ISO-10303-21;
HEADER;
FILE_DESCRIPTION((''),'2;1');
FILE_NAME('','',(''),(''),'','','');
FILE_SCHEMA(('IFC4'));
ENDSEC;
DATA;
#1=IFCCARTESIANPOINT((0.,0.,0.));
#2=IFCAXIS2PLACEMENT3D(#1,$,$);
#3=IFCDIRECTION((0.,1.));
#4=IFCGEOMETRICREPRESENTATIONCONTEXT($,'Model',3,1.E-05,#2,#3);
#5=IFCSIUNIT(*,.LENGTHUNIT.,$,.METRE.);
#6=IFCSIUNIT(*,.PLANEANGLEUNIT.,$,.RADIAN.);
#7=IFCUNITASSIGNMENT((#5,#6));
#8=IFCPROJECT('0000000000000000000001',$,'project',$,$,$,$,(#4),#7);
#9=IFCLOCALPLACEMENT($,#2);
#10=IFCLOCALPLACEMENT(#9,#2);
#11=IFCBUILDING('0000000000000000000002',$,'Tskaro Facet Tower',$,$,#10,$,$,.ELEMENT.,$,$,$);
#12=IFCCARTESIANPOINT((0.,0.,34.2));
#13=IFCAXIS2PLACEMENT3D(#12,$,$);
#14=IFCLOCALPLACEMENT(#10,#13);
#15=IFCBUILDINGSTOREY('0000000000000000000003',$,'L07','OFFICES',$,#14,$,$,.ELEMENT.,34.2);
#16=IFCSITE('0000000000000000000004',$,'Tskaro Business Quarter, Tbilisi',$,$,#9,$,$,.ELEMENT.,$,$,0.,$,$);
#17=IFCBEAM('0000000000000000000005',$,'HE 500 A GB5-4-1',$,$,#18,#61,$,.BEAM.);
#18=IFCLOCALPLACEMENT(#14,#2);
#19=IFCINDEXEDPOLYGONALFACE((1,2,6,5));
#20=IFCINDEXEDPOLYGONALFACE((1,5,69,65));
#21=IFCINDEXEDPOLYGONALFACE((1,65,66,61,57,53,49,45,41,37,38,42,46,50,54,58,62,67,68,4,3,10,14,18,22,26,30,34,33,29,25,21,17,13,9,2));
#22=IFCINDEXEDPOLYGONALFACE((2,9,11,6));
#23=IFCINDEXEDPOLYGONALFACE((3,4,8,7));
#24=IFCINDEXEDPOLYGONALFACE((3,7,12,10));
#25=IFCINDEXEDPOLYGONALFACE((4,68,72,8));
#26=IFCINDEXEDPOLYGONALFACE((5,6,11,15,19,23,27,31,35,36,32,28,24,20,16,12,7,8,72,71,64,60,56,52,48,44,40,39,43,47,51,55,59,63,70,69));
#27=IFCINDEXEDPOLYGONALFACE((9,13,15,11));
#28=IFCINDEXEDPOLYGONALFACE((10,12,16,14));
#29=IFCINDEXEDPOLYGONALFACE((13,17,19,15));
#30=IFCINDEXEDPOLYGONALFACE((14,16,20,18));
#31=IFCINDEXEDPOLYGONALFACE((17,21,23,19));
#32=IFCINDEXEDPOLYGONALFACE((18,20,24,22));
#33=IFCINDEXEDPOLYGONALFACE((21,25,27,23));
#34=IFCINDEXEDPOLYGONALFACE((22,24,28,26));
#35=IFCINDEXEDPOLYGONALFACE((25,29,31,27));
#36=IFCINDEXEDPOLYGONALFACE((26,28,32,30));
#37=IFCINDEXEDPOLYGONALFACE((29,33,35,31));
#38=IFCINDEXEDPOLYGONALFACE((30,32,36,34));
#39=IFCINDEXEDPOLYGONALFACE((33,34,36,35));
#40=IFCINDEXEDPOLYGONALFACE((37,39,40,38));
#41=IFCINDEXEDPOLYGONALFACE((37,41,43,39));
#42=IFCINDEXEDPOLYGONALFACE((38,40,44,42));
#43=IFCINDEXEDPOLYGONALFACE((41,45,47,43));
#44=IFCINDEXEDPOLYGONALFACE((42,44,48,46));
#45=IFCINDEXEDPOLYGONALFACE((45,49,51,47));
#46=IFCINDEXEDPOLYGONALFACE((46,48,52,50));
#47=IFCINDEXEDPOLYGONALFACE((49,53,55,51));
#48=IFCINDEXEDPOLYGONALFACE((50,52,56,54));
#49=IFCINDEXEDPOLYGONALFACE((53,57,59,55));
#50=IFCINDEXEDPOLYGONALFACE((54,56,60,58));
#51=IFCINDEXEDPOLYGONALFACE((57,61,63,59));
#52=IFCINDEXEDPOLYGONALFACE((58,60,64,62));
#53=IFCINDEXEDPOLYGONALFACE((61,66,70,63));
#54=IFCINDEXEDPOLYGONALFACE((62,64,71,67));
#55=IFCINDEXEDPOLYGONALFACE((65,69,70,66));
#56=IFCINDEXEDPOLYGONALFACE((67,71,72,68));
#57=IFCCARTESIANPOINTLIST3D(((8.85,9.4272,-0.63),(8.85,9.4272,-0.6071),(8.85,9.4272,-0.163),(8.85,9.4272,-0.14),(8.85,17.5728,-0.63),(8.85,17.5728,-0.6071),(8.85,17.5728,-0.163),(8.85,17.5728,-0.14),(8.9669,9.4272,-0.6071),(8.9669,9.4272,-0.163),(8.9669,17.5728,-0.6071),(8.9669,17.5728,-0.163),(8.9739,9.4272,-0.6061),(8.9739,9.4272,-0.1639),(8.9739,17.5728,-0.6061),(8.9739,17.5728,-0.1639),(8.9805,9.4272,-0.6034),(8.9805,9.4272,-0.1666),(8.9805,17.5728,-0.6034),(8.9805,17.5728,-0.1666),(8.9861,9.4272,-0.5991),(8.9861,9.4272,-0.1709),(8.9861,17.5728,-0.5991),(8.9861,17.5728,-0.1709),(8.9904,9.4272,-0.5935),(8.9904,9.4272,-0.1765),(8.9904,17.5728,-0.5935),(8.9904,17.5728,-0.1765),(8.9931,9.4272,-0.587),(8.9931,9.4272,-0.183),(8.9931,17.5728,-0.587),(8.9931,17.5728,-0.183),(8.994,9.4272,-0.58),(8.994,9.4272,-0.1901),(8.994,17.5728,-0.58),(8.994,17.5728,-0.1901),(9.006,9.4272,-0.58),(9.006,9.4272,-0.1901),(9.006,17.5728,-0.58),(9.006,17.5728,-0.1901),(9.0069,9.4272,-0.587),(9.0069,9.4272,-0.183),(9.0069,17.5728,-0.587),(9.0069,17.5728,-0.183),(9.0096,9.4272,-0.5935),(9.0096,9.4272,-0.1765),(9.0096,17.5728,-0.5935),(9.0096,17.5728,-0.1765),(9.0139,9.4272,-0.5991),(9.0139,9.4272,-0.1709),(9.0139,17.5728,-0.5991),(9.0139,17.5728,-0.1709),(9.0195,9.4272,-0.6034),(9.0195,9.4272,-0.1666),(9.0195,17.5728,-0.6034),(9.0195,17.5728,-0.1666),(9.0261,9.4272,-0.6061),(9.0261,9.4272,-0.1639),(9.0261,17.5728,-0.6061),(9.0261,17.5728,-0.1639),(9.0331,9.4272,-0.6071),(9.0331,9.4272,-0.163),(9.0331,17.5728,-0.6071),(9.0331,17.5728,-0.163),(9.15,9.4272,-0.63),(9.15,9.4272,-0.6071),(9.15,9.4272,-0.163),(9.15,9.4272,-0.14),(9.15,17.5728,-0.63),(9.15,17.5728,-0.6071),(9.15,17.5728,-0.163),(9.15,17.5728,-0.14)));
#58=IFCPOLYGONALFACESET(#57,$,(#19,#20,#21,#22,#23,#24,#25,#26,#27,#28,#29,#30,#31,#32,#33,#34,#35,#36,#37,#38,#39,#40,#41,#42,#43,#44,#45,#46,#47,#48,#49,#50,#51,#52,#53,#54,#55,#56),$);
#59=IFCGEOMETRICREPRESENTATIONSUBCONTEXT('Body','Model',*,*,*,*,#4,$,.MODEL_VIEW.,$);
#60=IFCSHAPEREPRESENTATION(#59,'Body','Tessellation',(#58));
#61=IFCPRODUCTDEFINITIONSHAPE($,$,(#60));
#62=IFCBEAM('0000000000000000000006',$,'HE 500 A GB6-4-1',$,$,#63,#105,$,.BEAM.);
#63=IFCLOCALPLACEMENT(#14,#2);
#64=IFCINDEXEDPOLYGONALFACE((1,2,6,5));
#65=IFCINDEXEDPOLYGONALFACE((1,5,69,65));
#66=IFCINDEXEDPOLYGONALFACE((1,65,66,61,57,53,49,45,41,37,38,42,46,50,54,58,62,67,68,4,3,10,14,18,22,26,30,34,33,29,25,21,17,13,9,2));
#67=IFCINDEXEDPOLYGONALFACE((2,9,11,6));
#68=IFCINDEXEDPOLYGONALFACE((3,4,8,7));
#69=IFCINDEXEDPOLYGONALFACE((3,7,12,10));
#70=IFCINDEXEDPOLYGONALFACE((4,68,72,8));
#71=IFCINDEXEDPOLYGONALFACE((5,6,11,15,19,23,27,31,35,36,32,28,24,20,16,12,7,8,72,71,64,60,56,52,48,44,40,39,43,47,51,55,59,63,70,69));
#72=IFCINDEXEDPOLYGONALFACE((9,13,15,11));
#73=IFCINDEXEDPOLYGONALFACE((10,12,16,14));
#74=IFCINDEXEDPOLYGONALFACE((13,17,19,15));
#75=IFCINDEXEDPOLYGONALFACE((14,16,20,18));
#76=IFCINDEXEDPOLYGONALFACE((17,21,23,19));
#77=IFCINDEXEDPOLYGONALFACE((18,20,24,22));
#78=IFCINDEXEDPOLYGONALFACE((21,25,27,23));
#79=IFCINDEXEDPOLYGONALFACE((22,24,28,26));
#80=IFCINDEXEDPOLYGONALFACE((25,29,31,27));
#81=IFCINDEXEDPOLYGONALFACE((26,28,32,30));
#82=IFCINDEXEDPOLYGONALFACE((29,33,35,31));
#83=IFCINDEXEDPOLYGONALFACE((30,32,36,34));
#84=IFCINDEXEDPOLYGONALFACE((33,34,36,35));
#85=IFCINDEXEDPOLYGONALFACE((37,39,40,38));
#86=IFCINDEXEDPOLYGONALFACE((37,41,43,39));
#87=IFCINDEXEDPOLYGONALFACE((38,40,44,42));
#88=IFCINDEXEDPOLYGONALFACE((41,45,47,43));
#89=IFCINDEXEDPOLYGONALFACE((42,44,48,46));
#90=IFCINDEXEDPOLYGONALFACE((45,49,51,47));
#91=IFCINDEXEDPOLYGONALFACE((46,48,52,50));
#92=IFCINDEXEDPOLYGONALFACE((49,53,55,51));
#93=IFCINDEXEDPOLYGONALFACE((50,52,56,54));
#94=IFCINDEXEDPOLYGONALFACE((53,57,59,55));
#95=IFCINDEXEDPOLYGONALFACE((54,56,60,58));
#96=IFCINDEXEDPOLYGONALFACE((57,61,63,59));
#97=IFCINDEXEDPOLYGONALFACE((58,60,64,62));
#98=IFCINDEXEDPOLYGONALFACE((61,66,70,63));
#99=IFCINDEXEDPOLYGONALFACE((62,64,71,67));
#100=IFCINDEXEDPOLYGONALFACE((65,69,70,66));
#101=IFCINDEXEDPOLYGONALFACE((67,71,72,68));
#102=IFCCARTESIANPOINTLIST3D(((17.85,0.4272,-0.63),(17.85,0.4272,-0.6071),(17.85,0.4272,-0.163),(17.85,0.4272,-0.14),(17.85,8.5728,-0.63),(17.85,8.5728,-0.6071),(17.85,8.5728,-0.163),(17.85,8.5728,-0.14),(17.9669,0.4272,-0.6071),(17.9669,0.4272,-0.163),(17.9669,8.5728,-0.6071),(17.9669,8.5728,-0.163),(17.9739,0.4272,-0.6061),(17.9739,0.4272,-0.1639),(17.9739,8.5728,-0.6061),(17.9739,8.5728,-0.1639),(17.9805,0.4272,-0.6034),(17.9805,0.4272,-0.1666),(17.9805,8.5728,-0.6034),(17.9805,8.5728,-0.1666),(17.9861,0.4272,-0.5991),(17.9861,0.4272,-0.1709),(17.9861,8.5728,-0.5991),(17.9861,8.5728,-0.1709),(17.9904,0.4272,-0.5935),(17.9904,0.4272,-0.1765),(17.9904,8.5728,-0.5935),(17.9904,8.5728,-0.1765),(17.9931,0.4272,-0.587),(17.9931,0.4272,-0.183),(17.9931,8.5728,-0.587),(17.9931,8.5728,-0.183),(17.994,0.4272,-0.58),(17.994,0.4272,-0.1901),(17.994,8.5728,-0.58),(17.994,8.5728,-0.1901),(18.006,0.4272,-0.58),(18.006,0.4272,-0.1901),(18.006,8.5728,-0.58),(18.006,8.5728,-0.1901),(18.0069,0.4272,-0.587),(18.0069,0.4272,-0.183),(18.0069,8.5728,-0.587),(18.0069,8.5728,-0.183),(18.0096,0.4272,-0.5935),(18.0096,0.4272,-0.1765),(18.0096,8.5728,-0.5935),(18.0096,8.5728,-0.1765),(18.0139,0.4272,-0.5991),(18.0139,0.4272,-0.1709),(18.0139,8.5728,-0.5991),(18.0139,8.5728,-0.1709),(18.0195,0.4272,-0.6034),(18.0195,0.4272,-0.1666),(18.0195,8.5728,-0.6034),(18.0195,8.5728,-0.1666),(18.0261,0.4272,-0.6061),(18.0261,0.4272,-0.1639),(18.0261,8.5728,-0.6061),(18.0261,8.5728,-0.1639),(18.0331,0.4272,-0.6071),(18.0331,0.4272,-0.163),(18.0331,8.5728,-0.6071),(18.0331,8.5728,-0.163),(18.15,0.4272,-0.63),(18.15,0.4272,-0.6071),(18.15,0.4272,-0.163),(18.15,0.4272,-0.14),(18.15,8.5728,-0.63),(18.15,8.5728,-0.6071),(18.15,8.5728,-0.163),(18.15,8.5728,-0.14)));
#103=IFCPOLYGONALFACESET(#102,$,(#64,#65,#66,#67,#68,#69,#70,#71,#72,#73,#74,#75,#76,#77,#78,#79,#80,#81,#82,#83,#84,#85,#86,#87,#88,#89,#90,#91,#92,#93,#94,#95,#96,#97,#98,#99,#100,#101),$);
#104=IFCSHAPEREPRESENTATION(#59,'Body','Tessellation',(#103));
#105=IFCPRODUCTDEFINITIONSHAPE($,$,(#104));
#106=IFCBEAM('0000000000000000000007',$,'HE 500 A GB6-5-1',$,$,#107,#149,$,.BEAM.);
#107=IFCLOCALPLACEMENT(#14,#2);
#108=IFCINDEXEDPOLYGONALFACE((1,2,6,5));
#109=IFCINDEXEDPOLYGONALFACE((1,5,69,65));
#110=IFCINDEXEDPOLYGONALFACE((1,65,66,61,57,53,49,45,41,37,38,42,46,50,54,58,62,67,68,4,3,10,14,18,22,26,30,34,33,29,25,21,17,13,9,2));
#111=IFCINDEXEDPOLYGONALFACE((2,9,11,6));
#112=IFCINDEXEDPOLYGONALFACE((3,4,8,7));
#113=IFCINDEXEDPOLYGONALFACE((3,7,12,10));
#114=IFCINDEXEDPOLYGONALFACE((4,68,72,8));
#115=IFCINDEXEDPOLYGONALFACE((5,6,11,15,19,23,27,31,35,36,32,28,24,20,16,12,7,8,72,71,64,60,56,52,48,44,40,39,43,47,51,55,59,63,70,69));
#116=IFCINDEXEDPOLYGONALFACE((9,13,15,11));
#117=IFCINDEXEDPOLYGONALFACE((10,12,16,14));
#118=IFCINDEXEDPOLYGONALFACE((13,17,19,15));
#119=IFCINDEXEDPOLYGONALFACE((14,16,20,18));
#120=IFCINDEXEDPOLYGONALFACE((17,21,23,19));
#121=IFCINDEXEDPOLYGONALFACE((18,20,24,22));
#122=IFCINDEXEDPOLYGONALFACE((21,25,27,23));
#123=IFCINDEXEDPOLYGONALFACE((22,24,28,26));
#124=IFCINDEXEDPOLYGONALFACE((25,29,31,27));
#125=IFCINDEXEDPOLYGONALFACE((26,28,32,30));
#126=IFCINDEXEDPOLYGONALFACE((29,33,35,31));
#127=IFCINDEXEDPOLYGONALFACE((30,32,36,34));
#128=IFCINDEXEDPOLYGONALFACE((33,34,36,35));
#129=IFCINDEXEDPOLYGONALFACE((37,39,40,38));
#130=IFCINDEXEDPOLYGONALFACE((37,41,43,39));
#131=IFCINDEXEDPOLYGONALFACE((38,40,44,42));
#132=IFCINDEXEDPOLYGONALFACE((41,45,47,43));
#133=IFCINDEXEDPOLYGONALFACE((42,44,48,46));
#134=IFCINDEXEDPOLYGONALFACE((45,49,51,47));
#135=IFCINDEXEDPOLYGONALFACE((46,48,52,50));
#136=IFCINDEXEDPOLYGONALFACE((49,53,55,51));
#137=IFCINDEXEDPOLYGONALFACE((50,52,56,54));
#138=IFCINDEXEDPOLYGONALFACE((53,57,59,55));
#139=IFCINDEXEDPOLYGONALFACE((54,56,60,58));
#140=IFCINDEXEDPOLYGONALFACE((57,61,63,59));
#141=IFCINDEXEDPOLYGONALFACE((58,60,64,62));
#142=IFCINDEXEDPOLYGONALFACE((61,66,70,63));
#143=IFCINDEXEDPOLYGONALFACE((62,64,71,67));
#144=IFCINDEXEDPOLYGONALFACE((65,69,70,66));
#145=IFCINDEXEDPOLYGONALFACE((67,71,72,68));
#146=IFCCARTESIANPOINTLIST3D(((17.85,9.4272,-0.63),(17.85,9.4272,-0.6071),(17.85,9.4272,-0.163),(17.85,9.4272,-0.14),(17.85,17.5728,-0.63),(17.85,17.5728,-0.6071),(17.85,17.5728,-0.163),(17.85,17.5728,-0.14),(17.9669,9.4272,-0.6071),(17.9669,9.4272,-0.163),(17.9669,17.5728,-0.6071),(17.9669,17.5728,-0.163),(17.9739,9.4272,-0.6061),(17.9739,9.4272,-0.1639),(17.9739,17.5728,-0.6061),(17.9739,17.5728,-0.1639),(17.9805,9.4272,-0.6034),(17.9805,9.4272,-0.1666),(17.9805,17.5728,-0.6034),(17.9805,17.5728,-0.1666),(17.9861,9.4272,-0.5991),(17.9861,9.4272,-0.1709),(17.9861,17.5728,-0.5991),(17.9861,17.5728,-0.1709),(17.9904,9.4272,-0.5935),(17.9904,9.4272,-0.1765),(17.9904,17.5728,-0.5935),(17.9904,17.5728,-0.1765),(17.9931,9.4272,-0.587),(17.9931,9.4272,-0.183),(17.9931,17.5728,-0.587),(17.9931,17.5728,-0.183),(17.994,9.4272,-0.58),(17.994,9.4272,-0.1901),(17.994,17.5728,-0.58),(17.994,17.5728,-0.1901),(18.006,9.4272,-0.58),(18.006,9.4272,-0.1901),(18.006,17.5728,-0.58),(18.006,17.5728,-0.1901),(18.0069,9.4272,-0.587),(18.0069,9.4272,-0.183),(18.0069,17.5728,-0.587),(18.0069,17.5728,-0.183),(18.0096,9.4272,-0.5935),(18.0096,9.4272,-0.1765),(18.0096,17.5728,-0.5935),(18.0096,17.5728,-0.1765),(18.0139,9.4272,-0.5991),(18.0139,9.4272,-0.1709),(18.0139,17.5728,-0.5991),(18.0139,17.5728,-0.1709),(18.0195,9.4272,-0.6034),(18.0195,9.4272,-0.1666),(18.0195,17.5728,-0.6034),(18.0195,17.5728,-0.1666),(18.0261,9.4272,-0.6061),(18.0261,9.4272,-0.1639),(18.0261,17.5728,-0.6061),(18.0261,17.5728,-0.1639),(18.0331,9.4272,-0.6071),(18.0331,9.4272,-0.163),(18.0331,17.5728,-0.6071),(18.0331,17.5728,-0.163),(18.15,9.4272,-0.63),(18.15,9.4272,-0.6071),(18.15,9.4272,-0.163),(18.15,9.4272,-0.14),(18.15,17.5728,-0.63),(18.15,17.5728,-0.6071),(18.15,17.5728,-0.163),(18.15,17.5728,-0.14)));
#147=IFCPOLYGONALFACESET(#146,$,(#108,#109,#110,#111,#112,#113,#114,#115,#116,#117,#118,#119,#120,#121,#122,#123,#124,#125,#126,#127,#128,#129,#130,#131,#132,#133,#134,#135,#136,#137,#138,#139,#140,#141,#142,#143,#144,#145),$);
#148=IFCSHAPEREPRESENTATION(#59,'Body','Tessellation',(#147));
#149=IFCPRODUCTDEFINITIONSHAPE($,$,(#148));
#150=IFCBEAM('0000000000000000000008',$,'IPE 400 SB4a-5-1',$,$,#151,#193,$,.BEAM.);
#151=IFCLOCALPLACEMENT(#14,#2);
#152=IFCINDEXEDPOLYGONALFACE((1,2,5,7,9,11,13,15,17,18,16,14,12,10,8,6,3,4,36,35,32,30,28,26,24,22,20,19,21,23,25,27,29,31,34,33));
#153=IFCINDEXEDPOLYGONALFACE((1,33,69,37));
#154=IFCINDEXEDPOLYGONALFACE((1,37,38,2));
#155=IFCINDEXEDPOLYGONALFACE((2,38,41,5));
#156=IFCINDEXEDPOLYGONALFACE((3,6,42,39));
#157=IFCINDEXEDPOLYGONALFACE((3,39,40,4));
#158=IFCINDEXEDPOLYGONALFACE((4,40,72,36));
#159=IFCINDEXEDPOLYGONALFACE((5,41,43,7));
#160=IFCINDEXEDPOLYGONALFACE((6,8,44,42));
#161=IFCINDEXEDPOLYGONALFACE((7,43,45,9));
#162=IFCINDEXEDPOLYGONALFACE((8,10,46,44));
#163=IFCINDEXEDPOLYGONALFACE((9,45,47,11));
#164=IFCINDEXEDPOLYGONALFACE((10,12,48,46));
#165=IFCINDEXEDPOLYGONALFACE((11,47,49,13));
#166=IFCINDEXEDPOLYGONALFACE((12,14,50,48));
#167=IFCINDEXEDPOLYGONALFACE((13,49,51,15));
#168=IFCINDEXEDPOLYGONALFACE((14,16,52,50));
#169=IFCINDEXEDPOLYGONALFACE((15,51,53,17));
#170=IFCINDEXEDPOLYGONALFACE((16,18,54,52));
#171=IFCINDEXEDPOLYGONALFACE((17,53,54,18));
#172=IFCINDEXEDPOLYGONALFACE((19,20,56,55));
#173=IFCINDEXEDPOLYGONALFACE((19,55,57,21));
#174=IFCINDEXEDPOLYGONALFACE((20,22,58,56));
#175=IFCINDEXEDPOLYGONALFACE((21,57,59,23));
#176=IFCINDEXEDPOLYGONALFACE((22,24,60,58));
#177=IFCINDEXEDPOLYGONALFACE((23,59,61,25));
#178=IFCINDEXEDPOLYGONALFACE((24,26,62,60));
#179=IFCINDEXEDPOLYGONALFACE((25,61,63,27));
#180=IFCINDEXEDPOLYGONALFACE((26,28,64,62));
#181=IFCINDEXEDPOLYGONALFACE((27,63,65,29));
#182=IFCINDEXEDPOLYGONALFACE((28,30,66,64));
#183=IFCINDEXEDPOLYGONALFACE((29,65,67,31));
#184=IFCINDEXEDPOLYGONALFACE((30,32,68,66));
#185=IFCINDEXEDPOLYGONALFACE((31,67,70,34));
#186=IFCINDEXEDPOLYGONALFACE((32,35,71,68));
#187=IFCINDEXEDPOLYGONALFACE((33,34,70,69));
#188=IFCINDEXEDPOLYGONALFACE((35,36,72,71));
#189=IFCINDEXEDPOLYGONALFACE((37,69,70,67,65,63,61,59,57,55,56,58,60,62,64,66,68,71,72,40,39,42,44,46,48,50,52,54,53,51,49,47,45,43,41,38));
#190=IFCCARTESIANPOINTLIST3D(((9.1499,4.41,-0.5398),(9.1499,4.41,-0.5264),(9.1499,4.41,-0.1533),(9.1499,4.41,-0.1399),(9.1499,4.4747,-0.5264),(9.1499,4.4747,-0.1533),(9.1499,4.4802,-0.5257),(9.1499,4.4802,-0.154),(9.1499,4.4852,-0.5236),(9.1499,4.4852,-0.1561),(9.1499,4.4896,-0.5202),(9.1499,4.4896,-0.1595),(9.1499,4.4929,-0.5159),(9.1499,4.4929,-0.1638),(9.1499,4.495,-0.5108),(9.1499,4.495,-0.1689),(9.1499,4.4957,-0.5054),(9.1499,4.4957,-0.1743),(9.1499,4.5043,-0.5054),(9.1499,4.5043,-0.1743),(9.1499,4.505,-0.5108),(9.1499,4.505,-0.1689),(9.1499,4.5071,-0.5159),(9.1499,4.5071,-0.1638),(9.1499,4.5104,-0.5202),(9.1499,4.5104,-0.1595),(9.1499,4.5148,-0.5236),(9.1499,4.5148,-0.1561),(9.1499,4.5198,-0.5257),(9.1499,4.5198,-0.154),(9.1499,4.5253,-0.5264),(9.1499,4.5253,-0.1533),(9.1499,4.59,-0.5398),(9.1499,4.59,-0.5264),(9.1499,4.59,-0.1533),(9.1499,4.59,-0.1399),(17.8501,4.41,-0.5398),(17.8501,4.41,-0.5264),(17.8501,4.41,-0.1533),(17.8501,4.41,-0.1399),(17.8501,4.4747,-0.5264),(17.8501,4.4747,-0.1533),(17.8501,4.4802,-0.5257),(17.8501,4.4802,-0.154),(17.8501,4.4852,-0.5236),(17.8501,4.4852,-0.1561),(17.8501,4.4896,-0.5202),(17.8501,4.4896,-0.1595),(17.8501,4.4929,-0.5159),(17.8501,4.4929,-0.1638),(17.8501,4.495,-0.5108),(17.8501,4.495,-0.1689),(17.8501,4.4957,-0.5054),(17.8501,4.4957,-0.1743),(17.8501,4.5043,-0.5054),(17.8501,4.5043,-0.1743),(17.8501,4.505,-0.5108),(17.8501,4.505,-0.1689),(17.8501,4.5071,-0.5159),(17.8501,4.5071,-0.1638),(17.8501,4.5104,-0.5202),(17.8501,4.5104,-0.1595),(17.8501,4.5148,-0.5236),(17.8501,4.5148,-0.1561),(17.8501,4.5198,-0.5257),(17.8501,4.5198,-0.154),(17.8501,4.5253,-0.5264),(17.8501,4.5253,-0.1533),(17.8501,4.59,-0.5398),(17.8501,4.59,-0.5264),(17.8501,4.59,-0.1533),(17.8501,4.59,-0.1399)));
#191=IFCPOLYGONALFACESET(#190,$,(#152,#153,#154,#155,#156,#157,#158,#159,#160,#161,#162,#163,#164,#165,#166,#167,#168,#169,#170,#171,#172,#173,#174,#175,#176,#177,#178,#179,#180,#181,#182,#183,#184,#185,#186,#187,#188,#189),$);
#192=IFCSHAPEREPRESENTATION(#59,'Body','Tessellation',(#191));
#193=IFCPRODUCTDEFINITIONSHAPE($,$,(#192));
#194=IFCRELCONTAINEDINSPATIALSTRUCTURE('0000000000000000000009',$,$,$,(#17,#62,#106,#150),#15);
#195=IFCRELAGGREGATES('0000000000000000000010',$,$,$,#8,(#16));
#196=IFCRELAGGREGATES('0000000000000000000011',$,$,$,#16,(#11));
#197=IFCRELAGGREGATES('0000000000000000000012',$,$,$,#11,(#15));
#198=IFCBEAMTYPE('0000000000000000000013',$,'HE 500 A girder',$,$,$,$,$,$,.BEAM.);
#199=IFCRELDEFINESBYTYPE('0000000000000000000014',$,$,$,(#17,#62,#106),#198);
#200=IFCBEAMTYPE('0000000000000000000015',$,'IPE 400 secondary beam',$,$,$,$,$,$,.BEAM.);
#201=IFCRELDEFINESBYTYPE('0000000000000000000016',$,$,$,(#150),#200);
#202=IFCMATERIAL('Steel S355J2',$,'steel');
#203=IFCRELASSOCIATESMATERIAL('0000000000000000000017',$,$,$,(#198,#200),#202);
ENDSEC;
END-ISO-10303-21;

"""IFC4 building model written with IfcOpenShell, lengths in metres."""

from ifc_helpers import new_model, si_unit, direction, frame, origin, origin_2d, place, context, subcontext, project, spatial, i_section, extrude, material, material_profile, profile_set, type_object, element, save


model = new_model("IFC4")

# Units and contexts
model_context = context("Model", 3, precision=1e-05, world=origin(), true_north=direction((0.0, 1.0)))
body_context = subcontext(model_context, "Body", "Model", "MODEL_VIEW")
ifc_project = project(units=[si_unit("LENGTHUNIT", "METRE"), si_unit("PLANEANGLEUNIT", "RADIAN")], contexts=[model_context])

# Site, building, storey
site_placement = place(None, origin())
site = spatial("IfcSite", under=ifc_project, at=site_placement, Name="Tskaro Business Quarter, Tbilisi", CompositionType="ELEMENT", RefElevation=0.0)
building_placement = place(site_placement, origin())
building = spatial("IfcBuilding", under=site, at=building_placement, Name="Tskaro Facet Tower", CompositionType="ELEMENT")
storey_placement = place(building_placement, frame((0.0, 0.0, 34.2)))
storey = spatial("IfcBuildingStorey", under=building, at=storey_placement, Name="L07", Description="OFFICES", CompositionType="ELEMENT", Elevation=34.2)

# Beams
ifc_material_1 = material(Name="Steel S355J2", Category="steel")
ifc_material_profile_1 = material_profile(ifc_material_1, i_section(OverallWidth=0.3, OverallDepth=0.49, WebThickness=0.012, FlangeThickness=0.0229, FilletRadius=0.0271, at=origin_2d()), Name="HE 500 A")
ifc_profile_set_1 = profile_set([ifc_material_profile_1], Name="Steel S355J2")
beam_type_1 = type_object("IfcBeamType", Name="HE 500 A girder", PredefinedType="BEAM", material=ifc_profile_set_1)
for number, where, z_axis, x_axis, name in (
    (1, (9.0, 9.4272, -0.385), (0.0, 1.0, 0.0), (-1.0, 0.0, 0.0), "HE 500 A GB5-4-1"),
    (2, (18.0, 0.4272, -0.385), (0.0, 1.0, 0.0), (-1.0, 0.0, 0.0), "HE 500 A GB6-4-1"),
    (3, (18.0, 9.4272, -0.385), (0.0, 1.0, 0.0), (-1.0, 0.0, 0.0), "HE 500 A GB6-5-1"),
):
    element("IfcBeam", number, at=place(storey_placement, frame(where, z_axis=z_axis, x_axis=x_axis)), inside=storey, type_object=beam_type_1, Name=name, PredefinedType="BEAM", context=body_context, shape_type="SweptSolid", body=[
        extrude(i_section(OverallWidth=0.3, OverallDepth=0.49, WebThickness=0.012, FlangeThickness=0.0229, FilletRadius=0.0271, at=origin_2d()), origin(), (0.0, 0.0, 1.0), 8.1455),
    ])
ifc_material_profile_2 = material_profile(ifc_material_1, i_section(OverallWidth=0.1799, OverallDepth=0.3999, WebThickness=0.0085, FlangeThickness=0.0134, FilletRadius=0.021, at=origin_2d()), Name="IPE 400")
ifc_profile_set_2 = profile_set([ifc_material_profile_2], Name="Steel S355J2")
beam_type_2 = type_object("IfcBeamType", Name="IPE 400 secondary beam", PredefinedType="BEAM", material=ifc_profile_set_2)
beam_1_placement = place(storey_placement, frame((9.1499, 4.5, -0.3398), z_axis=(1.0, 0.0, 0.0), x_axis=(0.0, 1.0, 0.0)))
element("IfcBeam", 4, at=beam_1_placement, inside=storey, type_object=beam_type_2, Name="IPE 400 SB4a-5-1", PredefinedType="BEAM", context=body_context, shape_type="SweptSolid", body=[
    extrude(i_section(OverallWidth=0.1799, OverallDepth=0.3999, WebThickness=0.0085, FlangeThickness=0.0134, FilletRadius=0.021, at=origin_2d()), origin(), (0.0, 0.0, 1.0), 8.7002),
])

save(model, "model.ifc")
